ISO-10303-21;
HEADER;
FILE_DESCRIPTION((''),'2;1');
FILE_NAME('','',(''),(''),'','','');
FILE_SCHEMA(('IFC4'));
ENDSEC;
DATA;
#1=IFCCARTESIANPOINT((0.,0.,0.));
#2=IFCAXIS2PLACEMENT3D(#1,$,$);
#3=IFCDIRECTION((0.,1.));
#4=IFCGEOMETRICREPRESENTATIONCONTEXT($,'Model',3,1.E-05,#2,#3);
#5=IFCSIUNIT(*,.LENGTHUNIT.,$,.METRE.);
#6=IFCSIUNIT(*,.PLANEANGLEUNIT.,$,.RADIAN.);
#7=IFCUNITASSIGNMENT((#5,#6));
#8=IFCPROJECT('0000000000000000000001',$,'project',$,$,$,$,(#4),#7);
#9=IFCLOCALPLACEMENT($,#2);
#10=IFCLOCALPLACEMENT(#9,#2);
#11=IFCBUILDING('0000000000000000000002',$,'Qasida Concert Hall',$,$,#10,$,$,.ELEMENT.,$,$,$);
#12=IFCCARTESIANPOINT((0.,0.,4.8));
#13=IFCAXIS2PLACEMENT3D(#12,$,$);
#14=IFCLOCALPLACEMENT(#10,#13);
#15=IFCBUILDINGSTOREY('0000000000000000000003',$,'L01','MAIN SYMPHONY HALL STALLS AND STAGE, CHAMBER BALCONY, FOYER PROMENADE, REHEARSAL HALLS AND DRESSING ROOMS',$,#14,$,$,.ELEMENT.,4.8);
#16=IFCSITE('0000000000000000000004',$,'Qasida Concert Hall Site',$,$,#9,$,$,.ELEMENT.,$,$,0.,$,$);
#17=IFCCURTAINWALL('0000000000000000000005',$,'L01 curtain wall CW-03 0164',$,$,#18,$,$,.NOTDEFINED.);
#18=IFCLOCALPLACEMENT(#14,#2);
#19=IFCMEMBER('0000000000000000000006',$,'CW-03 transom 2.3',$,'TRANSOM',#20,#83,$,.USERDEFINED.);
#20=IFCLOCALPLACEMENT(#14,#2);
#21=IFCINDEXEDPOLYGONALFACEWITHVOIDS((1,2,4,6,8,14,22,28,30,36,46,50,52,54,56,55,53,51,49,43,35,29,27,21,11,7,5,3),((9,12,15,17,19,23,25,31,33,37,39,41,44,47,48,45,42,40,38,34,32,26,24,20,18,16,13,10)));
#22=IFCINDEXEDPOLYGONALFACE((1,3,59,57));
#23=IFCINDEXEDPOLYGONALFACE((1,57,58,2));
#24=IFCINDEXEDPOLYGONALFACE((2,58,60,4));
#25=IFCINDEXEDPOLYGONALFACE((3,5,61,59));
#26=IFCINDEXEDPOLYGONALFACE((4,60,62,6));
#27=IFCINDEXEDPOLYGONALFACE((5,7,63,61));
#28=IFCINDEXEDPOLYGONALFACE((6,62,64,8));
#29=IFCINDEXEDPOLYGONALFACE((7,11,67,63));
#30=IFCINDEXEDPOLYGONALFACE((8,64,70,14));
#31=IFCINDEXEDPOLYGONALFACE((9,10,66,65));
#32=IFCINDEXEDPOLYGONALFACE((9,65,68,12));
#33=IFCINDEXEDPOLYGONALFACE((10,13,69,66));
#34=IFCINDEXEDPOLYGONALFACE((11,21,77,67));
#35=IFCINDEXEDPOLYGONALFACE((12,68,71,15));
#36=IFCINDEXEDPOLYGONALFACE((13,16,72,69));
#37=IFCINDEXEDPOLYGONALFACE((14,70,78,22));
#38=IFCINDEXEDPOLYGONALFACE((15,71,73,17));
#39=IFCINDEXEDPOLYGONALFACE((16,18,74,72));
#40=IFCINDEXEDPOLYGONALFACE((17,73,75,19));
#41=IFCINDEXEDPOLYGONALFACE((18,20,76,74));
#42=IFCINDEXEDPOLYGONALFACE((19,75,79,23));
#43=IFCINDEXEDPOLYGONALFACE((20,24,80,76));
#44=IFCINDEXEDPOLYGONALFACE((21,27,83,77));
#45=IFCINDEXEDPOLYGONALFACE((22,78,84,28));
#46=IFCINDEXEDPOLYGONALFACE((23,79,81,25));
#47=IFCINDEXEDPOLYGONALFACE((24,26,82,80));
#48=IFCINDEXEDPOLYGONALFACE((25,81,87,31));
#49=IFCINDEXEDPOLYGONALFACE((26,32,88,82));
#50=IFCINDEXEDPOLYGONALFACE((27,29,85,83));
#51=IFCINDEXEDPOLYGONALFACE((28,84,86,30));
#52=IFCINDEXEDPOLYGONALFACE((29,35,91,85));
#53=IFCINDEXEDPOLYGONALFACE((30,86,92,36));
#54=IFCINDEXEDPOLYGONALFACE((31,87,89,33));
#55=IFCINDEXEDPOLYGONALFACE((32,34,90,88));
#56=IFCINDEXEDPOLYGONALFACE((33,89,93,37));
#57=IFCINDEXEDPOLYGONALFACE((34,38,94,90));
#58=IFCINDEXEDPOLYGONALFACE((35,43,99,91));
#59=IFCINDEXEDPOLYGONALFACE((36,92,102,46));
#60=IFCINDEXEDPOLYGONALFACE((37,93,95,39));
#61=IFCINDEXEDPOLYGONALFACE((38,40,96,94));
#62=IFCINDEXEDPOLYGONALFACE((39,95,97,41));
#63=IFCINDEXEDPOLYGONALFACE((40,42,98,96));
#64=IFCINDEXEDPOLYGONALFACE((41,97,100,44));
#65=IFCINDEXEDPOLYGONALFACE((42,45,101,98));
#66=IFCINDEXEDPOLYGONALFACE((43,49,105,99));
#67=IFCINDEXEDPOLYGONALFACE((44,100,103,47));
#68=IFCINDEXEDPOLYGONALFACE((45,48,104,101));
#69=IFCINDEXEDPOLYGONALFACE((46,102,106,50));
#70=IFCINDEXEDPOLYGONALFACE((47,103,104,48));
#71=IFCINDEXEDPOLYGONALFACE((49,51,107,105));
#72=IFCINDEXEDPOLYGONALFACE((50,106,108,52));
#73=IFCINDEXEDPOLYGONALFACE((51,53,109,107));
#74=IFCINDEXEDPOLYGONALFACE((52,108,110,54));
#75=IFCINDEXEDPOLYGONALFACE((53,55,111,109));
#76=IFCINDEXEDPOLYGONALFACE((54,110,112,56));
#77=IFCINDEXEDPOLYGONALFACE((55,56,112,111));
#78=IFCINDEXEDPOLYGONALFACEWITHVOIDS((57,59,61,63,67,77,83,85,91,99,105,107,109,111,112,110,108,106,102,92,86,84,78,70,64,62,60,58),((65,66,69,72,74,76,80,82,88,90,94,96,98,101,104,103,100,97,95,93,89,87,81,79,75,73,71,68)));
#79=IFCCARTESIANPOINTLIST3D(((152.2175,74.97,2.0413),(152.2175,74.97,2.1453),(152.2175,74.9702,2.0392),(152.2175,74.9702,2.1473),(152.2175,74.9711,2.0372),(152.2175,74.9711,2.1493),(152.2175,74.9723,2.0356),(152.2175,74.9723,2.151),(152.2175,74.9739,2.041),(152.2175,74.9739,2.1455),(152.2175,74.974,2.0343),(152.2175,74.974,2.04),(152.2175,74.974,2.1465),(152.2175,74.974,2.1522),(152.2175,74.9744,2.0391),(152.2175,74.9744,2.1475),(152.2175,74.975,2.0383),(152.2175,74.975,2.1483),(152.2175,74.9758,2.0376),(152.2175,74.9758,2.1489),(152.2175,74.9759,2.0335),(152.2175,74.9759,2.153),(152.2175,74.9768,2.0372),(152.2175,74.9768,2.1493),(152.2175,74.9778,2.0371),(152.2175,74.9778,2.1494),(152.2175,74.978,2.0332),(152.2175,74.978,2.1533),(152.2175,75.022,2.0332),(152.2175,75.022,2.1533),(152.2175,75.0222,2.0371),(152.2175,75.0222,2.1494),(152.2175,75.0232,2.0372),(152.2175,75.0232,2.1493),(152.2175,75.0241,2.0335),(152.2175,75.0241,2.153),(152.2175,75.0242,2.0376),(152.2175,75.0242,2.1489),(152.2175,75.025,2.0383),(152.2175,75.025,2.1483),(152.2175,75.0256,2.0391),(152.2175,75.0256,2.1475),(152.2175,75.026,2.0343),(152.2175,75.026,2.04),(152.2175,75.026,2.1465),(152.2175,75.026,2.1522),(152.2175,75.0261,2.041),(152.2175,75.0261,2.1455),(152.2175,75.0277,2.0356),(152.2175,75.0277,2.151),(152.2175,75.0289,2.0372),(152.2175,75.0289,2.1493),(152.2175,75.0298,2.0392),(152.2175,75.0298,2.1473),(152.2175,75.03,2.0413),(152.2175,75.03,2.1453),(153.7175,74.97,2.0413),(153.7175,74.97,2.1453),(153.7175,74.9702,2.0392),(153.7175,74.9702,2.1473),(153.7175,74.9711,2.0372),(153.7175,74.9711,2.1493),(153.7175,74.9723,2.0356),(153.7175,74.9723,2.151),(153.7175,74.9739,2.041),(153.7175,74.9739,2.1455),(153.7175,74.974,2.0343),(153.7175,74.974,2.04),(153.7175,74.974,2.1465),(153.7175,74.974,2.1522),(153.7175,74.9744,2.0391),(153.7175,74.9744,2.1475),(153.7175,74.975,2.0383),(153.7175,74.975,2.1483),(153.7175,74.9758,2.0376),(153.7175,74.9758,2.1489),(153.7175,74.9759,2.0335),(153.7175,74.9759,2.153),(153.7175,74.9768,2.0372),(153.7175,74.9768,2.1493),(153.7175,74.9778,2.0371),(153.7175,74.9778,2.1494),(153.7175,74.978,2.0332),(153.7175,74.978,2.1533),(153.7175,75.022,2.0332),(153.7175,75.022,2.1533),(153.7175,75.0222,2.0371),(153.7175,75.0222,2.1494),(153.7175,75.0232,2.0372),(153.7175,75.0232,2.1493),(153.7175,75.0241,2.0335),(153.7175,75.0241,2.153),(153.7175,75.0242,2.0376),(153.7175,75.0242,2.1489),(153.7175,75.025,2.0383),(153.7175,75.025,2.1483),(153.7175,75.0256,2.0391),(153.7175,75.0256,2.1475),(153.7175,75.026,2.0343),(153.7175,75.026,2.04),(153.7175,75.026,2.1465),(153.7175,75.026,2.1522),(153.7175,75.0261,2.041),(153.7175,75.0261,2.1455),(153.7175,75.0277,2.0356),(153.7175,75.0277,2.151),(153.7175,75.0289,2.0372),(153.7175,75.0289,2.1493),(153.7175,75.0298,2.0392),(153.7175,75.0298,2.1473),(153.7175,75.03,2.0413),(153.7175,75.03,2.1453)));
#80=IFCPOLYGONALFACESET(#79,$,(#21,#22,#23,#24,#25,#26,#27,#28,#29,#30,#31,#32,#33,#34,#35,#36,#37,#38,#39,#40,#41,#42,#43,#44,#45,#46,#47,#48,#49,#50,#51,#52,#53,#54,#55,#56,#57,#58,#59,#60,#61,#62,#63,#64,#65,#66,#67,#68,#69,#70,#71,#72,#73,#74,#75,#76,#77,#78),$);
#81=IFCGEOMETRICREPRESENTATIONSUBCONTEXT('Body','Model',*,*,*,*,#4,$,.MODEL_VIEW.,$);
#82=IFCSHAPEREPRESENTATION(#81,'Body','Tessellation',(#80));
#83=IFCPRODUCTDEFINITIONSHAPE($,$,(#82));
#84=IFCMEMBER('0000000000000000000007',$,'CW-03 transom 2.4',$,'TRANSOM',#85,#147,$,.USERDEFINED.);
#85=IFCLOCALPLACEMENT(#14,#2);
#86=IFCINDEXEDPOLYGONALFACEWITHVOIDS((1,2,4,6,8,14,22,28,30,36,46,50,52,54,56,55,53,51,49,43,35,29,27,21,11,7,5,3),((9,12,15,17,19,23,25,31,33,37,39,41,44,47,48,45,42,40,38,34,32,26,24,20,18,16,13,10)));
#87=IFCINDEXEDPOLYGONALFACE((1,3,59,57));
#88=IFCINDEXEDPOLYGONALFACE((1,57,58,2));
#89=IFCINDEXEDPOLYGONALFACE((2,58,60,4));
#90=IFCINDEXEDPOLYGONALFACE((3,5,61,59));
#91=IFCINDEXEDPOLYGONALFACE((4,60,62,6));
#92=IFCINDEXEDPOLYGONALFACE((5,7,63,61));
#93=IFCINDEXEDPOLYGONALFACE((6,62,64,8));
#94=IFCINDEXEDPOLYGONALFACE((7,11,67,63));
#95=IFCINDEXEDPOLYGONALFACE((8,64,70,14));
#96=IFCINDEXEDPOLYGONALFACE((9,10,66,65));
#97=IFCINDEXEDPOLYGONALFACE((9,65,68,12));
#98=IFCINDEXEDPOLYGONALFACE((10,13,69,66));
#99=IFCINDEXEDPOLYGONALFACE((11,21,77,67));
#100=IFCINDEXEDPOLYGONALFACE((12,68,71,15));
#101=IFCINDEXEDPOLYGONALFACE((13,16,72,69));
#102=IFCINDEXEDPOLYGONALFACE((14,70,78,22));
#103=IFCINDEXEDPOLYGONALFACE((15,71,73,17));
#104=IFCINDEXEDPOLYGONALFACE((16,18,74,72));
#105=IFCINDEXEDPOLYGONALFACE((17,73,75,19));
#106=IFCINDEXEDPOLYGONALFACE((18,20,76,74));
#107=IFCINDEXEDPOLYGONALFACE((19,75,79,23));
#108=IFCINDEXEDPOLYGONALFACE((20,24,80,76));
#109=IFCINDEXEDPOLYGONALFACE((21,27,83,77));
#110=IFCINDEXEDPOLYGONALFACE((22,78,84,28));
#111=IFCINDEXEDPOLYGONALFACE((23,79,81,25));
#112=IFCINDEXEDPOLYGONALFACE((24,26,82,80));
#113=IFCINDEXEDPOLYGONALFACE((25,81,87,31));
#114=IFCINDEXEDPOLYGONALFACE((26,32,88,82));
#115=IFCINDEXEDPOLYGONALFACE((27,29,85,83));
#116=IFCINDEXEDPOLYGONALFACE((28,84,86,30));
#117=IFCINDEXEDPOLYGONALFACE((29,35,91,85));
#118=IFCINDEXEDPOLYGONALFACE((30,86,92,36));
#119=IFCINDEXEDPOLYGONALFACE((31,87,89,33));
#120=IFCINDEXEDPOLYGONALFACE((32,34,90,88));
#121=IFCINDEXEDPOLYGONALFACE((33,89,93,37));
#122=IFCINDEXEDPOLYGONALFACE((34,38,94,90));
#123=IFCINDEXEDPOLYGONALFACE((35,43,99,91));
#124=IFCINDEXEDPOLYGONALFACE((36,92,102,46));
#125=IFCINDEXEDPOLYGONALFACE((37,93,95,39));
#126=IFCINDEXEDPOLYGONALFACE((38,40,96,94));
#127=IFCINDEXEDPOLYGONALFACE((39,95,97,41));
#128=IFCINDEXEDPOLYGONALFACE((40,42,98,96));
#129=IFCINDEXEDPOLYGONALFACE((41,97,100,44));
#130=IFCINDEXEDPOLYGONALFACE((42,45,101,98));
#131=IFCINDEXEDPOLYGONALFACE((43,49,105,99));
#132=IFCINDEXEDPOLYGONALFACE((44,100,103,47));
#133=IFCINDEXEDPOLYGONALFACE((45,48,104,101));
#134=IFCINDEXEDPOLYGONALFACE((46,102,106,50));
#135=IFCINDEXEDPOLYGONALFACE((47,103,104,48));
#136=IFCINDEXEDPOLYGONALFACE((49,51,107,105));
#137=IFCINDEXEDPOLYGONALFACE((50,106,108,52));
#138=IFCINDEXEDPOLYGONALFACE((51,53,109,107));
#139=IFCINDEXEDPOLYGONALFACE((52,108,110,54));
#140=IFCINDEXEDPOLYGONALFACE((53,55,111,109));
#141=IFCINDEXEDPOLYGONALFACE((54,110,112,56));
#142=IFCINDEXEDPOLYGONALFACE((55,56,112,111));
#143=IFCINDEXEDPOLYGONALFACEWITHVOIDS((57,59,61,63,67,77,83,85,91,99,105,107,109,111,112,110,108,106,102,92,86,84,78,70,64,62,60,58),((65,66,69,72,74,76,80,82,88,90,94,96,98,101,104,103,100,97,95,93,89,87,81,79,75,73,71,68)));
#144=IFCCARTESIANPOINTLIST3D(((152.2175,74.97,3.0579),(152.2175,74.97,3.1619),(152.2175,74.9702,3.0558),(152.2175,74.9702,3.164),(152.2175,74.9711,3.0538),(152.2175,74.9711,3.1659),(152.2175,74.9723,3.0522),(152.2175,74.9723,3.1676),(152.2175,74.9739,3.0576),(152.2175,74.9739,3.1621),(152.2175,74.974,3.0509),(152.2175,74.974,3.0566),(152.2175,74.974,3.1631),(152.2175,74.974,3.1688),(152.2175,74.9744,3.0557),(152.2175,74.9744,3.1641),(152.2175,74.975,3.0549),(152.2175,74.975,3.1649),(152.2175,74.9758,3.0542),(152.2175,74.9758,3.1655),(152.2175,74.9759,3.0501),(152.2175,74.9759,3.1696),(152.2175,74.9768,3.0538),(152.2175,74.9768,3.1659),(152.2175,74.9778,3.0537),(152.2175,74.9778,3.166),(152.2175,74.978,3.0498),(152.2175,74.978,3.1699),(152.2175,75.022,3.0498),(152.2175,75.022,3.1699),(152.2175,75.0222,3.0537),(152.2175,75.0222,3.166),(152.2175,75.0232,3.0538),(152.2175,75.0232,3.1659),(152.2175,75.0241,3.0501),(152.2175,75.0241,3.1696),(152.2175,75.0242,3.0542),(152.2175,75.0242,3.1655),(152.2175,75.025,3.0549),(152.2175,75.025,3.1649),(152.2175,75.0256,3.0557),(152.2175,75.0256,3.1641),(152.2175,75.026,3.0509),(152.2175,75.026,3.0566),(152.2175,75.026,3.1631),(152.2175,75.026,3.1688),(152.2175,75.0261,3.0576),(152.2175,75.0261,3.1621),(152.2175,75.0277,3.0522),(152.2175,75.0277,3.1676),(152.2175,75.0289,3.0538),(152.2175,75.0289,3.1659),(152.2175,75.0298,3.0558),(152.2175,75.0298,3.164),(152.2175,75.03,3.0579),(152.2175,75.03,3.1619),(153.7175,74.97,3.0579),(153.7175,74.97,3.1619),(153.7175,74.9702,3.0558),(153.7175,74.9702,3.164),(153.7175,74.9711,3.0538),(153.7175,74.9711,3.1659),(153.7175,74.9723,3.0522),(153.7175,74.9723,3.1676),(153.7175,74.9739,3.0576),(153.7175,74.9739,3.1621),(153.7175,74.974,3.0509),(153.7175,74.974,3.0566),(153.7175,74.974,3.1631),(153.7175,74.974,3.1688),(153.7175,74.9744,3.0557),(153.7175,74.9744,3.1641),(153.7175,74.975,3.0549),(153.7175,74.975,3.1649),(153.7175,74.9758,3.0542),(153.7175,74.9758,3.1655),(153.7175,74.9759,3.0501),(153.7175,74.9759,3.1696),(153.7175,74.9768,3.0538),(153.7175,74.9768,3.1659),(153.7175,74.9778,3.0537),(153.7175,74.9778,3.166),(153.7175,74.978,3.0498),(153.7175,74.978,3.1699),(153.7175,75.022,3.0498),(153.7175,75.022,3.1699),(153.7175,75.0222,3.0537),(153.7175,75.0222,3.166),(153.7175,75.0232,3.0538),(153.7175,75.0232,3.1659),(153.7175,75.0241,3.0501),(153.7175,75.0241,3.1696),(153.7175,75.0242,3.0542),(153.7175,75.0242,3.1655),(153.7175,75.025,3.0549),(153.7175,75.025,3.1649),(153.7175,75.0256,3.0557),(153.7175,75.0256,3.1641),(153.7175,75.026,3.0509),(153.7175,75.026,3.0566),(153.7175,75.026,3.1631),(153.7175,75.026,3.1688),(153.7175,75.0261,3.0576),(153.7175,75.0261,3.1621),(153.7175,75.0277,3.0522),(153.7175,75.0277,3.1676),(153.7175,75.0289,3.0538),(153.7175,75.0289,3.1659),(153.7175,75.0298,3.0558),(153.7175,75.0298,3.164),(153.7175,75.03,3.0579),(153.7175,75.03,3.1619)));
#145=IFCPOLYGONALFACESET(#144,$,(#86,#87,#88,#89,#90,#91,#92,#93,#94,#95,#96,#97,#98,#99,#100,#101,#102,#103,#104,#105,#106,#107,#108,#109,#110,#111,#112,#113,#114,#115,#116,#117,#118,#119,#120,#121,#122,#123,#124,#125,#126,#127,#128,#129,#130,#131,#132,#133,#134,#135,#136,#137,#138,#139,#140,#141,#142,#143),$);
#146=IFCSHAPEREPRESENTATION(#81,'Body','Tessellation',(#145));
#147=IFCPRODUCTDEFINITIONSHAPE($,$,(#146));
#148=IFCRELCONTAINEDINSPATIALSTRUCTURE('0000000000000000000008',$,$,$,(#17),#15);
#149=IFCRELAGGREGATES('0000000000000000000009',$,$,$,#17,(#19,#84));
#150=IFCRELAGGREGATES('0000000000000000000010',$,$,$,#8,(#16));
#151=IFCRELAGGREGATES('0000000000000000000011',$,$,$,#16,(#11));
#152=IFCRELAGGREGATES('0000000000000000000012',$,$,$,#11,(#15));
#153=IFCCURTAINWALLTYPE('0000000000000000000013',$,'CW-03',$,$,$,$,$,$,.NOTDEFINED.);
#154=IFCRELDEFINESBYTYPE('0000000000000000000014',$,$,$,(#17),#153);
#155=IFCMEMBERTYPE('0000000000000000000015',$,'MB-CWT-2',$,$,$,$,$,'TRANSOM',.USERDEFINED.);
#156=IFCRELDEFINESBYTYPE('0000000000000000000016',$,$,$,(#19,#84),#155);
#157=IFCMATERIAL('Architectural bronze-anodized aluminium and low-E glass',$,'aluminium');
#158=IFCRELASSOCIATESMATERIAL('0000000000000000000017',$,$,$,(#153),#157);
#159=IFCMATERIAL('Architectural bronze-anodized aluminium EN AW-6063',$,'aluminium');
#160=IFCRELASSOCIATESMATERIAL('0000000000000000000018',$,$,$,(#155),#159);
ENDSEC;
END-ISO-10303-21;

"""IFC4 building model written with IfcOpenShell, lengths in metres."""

from ifc_helpers import new_model, si_unit, direction, frame, origin, origin_2d, place, context, subcontext, project, spatial, hollow_rectangle, extrude, material, material_profile, profile_set, type_object, element, aggregate, save


model = new_model("IFC4")

# Units and contexts
model_context = context("Model", 3, precision=1e-05, world=origin(), true_north=direction((0.0, 1.0)))
body_context = subcontext(model_context, "Body", "Model", "MODEL_VIEW")
ifc_project = project(units=[si_unit("LENGTHUNIT", "METRE"), si_unit("PLANEANGLEUNIT", "RADIAN")], contexts=[model_context])

# Site, building, storey
site_placement = place(None, origin())
site = spatial("IfcSite", under=ifc_project, at=site_placement, Name="Qasida Concert Hall Site", CompositionType="ELEMENT", RefElevation=0.0)
building_placement = place(site_placement, origin())
building = spatial("IfcBuilding", under=site, at=building_placement, Name="Qasida Concert Hall", CompositionType="ELEMENT")
storey_placement = place(building_placement, frame((0.0, 0.0, 4.8)))
storey = spatial("IfcBuildingStorey", under=building, at=storey_placement, Name="L01", Description="MAIN SYMPHONY HALL STALLS AND STAGE, CHAMBER BALCONY, FOYER PROMENADE, REHEARSAL HALLS AND DRESSING ROOMS", CompositionType="ELEMENT", Elevation=4.8)

# Curtain wall, members
ifc_material_1 = material(Name="Architectural bronze-anodized aluminium and low-E glass", Category="aluminium")
curtain_wall_type = type_object("IfcCurtainWallType", Name="CW-03", PredefinedType="NOTDEFINED", material=ifc_material_1)
curtain_wall_placement = place(storey_placement, origin())
curtain_wall = element("IfcCurtainWall", 1, at=curtain_wall_placement, inside=storey, type_object=curtain_wall_type, Name="L01 curtain wall CW-03 0164", PredefinedType="NOTDEFINED")
ifc_material_2 = material(Name="Architectural bronze-anodized aluminium EN AW-6063", Category="aluminium")
ifc_material_profile_1 = material_profile(ifc_material_2, hollow_rectangle(XDim=0.0601, YDim=0.1201, WallThickness=0.0039, InnerFilletRadius=0.0039, OuterFilletRadius=0.0081, at=origin_2d()), Name="CWT 120x60x4")
ifc_profile_set_1 = profile_set([ifc_material_profile_1], Name="Architectural bronze-anodized aluminium EN AW-6063")
member_type_1 = type_object("IfcMemberType", Name="MB-CWT-2", ElementType="TRANSOM", PredefinedType="USERDEFINED", material=ifc_profile_set_1)
member_1_placement = place(storey_placement, frame((152.2175, 75.0, 2.0933), z_axis=(1.0, 0.0, 0.0), x_axis=(0.0, 1.0, 0.0)))
member_1 = element("IfcMember", 2, at=member_1_placement, type_object=member_type_1, Name="CW-03 transom 2.3", ObjectType="TRANSOM", PredefinedType="USERDEFINED", context=body_context, shape_type="SweptSolid", body=[
    extrude(hollow_rectangle(XDim=0.0601, YDim=0.1201, WallThickness=0.0039, InnerFilletRadius=0.0039, OuterFilletRadius=0.0081, at=origin_2d()), origin(), (0.0, 0.0, 1.0), 1.5),
])
member_2_placement = place(storey_placement, frame((152.2175, 75.0, 3.1099), z_axis=(1.0, 0.0, 0.0), x_axis=(0.0, 1.0, 0.0)))
member_2 = element("IfcMember", 3, at=member_2_placement, type_object=member_type_1, Name="CW-03 transom 2.4", ObjectType="TRANSOM", PredefinedType="USERDEFINED", context=body_context, shape_type="SweptSolid", body=[
    extrude(hollow_rectangle(XDim=0.0601, YDim=0.1201, WallThickness=0.0039, InnerFilletRadius=0.0039, OuterFilletRadius=0.0081, at=origin_2d()), origin(), (0.0, 0.0, 1.0), 1.5),
])
aggregate(curtain_wall, [member_1, member_2])

save(model, "model.ifc")
